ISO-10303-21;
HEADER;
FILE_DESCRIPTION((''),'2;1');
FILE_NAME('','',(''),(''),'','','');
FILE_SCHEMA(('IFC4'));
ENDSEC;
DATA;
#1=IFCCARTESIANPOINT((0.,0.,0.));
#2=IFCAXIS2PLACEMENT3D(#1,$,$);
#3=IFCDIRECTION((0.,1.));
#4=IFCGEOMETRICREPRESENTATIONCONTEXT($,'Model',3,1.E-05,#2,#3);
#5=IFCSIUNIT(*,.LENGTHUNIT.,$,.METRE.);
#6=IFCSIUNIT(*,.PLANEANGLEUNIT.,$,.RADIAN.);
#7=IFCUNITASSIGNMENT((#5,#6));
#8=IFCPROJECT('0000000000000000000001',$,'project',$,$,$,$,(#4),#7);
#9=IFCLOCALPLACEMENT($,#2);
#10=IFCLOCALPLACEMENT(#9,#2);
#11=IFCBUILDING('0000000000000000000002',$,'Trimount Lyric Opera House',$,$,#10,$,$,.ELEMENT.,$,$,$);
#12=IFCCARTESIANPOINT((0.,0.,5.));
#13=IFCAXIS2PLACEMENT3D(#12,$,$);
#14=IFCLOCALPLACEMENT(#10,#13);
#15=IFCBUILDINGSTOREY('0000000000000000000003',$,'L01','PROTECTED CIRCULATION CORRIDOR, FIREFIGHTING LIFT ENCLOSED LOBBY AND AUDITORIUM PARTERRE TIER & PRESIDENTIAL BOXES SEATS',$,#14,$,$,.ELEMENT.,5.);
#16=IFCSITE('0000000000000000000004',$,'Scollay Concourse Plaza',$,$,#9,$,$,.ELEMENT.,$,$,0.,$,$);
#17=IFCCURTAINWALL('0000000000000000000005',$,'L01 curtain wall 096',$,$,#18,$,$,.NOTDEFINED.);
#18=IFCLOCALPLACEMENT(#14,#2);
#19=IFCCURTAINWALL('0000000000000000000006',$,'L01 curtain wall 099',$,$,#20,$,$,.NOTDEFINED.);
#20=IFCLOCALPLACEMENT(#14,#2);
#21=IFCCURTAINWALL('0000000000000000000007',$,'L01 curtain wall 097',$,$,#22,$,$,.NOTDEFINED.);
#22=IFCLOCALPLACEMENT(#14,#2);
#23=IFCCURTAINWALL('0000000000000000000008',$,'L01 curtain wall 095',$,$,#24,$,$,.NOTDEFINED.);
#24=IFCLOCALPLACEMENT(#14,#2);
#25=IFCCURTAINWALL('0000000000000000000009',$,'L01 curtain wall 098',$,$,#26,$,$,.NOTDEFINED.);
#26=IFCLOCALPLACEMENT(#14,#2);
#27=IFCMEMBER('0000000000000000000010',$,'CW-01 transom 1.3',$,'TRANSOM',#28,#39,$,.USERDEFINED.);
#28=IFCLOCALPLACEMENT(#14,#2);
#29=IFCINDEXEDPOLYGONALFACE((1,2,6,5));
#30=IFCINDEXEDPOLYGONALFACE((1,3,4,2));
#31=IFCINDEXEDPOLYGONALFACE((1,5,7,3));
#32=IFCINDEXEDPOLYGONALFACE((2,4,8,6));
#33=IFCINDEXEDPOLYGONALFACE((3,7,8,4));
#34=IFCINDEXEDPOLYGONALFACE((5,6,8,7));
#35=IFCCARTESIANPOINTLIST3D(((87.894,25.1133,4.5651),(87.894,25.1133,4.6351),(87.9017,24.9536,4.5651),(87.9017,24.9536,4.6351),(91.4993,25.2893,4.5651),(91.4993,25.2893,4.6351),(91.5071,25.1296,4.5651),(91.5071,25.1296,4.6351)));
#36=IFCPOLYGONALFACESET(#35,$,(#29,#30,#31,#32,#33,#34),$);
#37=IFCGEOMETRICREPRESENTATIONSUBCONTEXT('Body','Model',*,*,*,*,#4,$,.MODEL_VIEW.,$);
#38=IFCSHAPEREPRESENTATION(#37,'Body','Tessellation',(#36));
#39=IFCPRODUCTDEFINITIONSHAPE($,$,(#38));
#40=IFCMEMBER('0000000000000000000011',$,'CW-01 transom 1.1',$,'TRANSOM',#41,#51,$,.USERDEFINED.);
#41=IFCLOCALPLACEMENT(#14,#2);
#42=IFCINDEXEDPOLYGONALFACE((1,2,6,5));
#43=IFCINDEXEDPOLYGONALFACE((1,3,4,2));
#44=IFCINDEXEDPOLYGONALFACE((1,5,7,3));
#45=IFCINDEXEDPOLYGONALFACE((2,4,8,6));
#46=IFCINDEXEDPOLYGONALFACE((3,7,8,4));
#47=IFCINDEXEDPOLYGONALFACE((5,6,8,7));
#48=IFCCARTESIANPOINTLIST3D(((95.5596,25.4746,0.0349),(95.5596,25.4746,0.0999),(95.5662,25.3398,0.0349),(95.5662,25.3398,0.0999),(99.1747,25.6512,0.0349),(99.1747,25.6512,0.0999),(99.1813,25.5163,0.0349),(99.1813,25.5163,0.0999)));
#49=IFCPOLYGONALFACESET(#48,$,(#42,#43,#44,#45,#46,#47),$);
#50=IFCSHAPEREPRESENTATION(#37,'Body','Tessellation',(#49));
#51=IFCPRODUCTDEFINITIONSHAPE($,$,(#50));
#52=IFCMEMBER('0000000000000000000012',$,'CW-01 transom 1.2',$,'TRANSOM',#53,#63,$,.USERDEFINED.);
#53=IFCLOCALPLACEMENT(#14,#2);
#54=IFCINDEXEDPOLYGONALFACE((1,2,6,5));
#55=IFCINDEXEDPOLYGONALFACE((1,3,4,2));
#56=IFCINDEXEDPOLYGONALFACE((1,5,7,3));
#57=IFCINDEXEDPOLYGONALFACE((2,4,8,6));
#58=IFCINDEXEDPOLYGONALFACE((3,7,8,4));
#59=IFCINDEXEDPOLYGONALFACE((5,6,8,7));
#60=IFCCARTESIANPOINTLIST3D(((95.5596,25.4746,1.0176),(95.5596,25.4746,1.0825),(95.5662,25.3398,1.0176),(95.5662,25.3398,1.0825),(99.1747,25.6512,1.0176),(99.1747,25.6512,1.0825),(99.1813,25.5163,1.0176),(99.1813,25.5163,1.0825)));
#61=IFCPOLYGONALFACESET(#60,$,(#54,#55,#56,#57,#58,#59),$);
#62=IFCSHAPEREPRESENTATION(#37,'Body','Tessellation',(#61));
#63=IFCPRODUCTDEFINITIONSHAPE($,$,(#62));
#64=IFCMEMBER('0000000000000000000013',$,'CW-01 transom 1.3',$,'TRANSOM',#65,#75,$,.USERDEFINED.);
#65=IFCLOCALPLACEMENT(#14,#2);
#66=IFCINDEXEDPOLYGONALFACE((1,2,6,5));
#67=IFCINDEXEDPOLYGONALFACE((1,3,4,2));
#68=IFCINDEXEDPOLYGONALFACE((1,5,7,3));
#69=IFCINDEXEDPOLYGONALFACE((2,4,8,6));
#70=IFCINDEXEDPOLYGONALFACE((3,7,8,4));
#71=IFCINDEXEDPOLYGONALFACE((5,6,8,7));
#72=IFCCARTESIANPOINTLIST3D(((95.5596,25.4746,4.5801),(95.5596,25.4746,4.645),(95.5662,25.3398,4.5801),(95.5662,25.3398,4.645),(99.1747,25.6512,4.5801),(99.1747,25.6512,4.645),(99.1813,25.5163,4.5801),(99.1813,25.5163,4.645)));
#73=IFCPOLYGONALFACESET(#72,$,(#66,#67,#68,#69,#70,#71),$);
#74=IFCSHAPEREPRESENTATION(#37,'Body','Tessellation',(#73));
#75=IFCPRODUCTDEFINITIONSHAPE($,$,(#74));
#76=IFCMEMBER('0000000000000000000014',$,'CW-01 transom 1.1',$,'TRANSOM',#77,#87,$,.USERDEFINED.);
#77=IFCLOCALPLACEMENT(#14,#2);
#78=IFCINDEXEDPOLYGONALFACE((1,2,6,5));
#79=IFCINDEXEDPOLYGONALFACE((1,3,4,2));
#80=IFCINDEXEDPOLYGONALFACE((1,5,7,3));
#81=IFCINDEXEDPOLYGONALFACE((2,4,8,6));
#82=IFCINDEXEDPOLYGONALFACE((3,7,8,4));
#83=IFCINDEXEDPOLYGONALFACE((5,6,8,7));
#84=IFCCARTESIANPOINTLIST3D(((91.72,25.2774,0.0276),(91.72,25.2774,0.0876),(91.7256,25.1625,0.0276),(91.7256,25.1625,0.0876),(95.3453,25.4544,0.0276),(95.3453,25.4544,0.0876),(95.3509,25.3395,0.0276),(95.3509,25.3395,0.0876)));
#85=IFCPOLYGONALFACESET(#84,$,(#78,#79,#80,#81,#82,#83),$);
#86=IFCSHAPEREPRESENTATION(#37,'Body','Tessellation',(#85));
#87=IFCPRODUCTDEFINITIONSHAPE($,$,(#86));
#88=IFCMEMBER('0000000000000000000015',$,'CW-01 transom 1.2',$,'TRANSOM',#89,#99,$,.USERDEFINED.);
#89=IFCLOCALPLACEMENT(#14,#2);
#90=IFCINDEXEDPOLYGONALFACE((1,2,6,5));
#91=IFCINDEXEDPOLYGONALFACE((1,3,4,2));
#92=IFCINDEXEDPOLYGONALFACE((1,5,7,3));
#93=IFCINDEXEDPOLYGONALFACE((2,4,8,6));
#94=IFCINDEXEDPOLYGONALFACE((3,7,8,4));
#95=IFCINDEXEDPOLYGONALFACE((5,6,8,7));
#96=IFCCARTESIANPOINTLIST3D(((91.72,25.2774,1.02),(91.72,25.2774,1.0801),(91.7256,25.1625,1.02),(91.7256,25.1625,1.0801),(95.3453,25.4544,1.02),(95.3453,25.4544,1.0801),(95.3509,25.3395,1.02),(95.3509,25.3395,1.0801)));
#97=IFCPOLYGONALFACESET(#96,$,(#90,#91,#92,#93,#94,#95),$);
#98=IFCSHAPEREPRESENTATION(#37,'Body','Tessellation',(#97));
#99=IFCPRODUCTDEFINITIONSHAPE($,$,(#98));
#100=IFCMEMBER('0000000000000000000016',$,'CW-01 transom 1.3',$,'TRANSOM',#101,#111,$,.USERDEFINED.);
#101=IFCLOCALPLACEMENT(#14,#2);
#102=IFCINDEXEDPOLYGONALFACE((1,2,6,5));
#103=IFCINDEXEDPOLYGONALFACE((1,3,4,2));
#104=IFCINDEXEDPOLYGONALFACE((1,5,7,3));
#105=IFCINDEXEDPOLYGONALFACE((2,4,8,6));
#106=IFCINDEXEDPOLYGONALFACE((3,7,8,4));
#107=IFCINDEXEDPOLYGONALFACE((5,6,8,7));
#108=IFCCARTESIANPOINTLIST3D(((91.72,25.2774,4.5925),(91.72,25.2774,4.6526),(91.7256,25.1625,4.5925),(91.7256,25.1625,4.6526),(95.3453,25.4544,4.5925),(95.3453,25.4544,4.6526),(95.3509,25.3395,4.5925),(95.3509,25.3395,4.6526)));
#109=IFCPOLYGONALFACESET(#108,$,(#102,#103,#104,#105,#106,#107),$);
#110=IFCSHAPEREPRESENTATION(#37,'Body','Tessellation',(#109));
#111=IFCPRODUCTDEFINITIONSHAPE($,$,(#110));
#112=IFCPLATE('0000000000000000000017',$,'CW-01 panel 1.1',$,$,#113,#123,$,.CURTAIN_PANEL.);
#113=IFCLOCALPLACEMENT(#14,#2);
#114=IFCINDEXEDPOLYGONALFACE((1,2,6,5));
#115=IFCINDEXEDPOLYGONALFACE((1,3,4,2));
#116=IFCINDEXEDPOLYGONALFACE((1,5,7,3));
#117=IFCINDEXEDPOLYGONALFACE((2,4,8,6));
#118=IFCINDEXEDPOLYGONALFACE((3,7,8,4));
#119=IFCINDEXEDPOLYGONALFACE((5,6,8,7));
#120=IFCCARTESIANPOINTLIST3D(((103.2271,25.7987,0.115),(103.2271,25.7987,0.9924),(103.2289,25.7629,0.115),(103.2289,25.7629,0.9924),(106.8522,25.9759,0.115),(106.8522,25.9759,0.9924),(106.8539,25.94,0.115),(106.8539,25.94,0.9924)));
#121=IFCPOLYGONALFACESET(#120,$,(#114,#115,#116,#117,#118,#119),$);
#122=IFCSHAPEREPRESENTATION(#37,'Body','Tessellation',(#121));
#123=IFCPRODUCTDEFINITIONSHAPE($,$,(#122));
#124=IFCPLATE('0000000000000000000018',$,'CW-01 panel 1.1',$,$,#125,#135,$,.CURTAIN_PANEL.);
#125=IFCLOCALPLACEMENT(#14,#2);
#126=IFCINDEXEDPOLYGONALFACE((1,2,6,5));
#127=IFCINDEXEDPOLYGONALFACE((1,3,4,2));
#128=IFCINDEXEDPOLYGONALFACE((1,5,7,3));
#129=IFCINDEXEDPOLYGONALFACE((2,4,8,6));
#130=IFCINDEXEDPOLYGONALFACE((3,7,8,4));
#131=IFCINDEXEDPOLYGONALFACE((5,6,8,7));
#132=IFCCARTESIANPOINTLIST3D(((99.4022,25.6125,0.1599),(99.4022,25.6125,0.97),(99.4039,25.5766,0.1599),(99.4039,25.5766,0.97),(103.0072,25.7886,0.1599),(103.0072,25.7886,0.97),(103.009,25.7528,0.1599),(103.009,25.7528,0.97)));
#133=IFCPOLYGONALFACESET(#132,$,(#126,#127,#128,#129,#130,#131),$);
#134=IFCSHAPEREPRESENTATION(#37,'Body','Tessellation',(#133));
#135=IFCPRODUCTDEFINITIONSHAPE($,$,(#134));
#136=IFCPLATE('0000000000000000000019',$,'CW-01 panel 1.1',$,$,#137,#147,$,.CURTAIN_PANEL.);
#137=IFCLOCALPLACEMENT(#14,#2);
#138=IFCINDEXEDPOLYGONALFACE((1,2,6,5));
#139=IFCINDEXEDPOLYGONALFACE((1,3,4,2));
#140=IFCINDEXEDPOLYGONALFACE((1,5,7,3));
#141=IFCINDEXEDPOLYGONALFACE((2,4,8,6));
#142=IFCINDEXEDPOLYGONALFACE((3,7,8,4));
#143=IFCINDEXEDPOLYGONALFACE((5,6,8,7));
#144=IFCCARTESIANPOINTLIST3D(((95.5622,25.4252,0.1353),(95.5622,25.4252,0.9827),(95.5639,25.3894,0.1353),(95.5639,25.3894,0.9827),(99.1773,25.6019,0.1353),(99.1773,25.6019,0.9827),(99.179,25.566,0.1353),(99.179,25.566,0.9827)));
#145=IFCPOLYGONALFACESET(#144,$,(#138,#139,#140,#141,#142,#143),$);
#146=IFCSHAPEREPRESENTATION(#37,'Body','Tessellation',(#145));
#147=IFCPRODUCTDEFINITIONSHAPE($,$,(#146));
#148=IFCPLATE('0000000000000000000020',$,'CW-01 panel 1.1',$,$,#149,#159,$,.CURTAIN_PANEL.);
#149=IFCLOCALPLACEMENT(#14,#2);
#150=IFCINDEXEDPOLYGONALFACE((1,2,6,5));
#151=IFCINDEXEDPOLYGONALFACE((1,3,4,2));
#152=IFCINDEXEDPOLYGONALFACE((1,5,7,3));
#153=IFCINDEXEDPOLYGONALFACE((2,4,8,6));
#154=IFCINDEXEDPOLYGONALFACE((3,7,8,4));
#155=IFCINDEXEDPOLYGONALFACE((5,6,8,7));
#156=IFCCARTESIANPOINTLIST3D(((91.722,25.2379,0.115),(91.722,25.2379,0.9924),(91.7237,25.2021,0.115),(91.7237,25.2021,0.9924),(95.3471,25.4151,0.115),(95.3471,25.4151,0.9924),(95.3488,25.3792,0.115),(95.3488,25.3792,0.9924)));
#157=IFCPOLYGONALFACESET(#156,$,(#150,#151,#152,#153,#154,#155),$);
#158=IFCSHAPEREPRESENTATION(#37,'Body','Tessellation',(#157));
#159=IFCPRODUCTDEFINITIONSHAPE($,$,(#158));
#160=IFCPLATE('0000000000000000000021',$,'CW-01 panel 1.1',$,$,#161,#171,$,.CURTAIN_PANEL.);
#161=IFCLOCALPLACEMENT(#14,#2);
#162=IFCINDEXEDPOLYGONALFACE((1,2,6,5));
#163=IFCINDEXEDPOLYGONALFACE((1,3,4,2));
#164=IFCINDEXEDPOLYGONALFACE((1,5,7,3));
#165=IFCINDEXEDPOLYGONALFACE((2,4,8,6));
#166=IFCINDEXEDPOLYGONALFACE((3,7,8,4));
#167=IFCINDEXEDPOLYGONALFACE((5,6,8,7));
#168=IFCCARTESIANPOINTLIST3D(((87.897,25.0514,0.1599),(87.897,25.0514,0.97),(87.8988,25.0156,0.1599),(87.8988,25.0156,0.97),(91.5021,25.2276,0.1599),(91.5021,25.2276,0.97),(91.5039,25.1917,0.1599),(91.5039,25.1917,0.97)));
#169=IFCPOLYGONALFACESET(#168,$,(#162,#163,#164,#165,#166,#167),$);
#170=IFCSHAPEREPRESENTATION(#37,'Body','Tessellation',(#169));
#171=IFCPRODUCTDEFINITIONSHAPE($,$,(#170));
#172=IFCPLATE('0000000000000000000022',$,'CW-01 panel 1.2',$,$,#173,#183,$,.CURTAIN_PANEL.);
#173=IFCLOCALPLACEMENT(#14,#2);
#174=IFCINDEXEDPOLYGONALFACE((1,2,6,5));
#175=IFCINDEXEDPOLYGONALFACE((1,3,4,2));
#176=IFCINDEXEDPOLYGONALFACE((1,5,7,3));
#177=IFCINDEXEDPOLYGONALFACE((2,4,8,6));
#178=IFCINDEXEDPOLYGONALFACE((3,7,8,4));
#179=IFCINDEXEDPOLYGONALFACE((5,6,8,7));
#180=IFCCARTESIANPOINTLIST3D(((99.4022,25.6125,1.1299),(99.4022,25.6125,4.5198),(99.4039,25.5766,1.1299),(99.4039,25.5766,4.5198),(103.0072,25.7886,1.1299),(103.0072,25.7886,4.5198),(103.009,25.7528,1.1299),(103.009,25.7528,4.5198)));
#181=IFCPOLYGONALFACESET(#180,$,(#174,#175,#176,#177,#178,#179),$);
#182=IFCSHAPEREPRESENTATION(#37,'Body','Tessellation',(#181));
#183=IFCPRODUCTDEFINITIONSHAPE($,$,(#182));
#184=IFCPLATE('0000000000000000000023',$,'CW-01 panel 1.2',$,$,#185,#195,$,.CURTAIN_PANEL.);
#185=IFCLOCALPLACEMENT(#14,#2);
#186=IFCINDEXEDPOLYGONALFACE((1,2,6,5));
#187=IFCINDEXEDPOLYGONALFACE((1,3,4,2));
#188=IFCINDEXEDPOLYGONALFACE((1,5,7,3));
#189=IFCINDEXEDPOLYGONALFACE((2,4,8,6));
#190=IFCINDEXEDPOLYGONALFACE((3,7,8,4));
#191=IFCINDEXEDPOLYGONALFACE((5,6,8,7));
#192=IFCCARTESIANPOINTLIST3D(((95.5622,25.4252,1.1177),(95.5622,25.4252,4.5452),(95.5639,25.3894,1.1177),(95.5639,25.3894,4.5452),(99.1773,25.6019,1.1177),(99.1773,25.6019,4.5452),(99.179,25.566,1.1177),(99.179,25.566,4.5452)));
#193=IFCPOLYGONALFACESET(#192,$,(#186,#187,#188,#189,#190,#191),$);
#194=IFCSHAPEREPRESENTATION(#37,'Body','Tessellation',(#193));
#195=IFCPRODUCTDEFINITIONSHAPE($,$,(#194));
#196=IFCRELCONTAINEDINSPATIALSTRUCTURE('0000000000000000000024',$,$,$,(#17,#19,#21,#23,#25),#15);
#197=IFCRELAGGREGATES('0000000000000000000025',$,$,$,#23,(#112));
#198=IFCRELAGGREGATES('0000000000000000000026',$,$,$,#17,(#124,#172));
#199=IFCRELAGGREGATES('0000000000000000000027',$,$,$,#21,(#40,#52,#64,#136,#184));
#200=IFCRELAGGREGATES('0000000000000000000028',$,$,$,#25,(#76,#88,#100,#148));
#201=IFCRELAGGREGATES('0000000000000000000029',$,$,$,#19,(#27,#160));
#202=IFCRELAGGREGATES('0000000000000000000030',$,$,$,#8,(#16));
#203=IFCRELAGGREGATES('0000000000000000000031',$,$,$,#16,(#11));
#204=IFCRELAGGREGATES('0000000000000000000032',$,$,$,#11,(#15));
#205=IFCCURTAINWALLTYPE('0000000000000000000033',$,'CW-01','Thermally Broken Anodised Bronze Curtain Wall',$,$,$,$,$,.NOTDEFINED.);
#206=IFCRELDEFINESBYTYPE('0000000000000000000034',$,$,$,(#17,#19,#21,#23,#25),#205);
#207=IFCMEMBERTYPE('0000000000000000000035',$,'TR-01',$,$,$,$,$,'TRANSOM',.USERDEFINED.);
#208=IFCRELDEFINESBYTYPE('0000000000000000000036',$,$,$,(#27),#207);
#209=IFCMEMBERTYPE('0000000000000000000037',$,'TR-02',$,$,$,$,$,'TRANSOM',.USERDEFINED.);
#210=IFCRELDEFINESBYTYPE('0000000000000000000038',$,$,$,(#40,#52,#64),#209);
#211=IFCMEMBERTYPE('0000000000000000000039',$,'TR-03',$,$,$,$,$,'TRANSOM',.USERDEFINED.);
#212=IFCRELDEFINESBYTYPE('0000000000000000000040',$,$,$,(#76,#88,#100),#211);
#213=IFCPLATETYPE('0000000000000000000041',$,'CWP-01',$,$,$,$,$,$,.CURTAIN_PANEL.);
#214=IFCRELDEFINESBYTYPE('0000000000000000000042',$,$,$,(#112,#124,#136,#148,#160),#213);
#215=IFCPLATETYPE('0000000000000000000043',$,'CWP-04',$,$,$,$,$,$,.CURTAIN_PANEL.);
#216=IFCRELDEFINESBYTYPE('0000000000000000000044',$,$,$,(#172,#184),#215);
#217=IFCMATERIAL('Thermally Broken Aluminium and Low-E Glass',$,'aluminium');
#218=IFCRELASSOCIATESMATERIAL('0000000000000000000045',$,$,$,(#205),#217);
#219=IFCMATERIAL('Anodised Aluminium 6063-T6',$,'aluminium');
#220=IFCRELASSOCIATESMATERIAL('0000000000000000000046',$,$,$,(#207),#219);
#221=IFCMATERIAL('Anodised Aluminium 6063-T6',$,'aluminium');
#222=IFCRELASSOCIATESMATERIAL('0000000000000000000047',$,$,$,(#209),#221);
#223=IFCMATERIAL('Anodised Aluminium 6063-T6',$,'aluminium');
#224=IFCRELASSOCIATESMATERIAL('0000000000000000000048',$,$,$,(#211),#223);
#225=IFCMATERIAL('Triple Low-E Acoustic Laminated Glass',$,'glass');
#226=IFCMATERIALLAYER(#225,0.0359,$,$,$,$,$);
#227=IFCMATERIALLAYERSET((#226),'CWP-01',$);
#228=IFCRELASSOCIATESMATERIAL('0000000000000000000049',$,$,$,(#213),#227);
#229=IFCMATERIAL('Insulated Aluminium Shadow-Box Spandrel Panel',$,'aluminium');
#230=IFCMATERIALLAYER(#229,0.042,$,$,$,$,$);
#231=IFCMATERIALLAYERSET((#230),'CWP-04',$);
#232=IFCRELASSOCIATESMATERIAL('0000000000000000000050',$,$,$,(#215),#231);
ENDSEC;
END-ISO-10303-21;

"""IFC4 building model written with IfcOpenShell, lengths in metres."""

from ifc_helpers import new_model, si_unit, direction, frame, origin, origin_2d, place, context, subcontext, project, spatial, rectangle, extrude, material, layer, layer_set, material_profile, profile_set, type_object, element, aggregate, save


model = new_model("IFC4")

# Units and contexts
model_context = context("Model", 3, precision=1e-05, world=origin(), true_north=direction((0.0, 1.0)))
body_context = subcontext(model_context, "Body", "Model", "MODEL_VIEW")
ifc_project = project(units=[si_unit("LENGTHUNIT", "METRE"), si_unit("PLANEANGLEUNIT", "RADIAN")], contexts=[model_context])

# Site, building, storey
site_placement = place(None, origin())
site = spatial("IfcSite", under=ifc_project, at=site_placement, Name="Scollay Concourse Plaza", CompositionType="ELEMENT", RefElevation=0.0)
building_placement = place(site_placement, origin())
building = spatial("IfcBuilding", under=site, at=building_placement, Name="Trimount Lyric Opera House", CompositionType="ELEMENT")
storey_placement = place(building_placement, frame((0.0, 0.0, 5.0)))
storey = spatial("IfcBuildingStorey", under=building, at=storey_placement, Name="L01", Description="PROTECTED CIRCULATION CORRIDOR, FIREFIGHTING LIFT ENCLOSED LOBBY AND AUDITORIUM PARTERRE TIER & PRESIDENTIAL BOXES SEATS", CompositionType="ELEMENT", Elevation=5.0)

# Curtain wall
ifc_material_1 = material(Name="Thermally Broken Aluminium and Low-E Glass", Category="aluminium")
curtain_wall_type = type_object("IfcCurtainWallType", Name="CW-01", Description="Thermally Broken Anodised Bronze Curtain Wall", PredefinedType="NOTDEFINED", material=ifc_material_1)
curtain_wall_1_placement = place(storey_placement, origin())
curtain_wall_1 = element("IfcCurtainWall", 1, at=curtain_wall_1_placement, inside=storey, type_object=curtain_wall_type, Name="L01 curtain wall 096", PredefinedType="NOTDEFINED")

# Curtain wall
curtain_wall_2_placement = place(storey_placement, origin())
curtain_wall_2 = element("IfcCurtainWall", 2, at=curtain_wall_2_placement, inside=storey, type_object=curtain_wall_type, Name="L01 curtain wall 099", PredefinedType="NOTDEFINED")

# Curtain wall
curtain_wall_3_placement = place(storey_placement, origin())
curtain_wall_3 = element("IfcCurtainWall", 3, at=curtain_wall_3_placement, inside=storey, type_object=curtain_wall_type, Name="L01 curtain wall 097", PredefinedType="NOTDEFINED")

# Curtain wall
curtain_wall_4_placement = place(storey_placement, origin())
curtain_wall_4 = element("IfcCurtainWall", 4, at=curtain_wall_4_placement, inside=storey, type_object=curtain_wall_type, Name="L01 curtain wall 095", PredefinedType="NOTDEFINED")

# Curtain wall
curtain_wall_5_placement = place(storey_placement, origin())
curtain_wall_5 = element("IfcCurtainWall", 5, at=curtain_wall_5_placement, inside=storey, type_object=curtain_wall_type, Name="L01 curtain wall 098", PredefinedType="NOTDEFINED")

# Members
ifc_material_2 = material(Name="Anodised Aluminium 6063-T6", Category="aluminium")
ifc_material_profile_1 = material_profile(ifc_material_2, rectangle(XDim=0.1599, YDim=0.0701, at=origin_2d()), Name="ALU-TRAN-70X160")
ifc_profile_set_1 = profile_set([ifc_material_profile_1], Name="Anodised Aluminium 6063-T6")
member_type_1 = type_object("IfcMemberType", Name="TR-01", ElementType="TRANSOM", PredefinedType="USERDEFINED", material=ifc_profile_set_1)
member_1_placement = place(storey_placement, frame((91.5032, 25.2095, 4.6001), z_axis=(-0.99881, -0.048767, 0.0), x_axis=(0.048767, -0.99881, 0.0)))
member_1 = element("IfcMember", 6, at=member_1_placement, type_object=member_type_1, Name="CW-01 transom 1.3", ObjectType="TRANSOM", PredefinedType="USERDEFINED", context=body_context, shape_type="SweptSolid", body=[
    extrude(rectangle(XDim=0.1599, YDim=0.0701, at=origin_2d()), origin(), (0.0, 0.0, 1.0), 3.6096),
])
ifc_material_3 = material(Name="Anodised Aluminium 6063-T6", Category="aluminium")
ifc_material_profile_2 = material_profile(ifc_material_3, rectangle(XDim=0.135, YDim=0.0649, at=origin_2d()), Name="ALU-TRAN-65X135")
ifc_profile_set_2 = profile_set([ifc_material_profile_2], Name="Anodised Aluminium 6063-T6")
member_type_2 = type_object("IfcMemberType", Name="TR-02", ElementType="TRANSOM", PredefinedType="USERDEFINED", material=ifc_profile_set_2)
member_2_placement = place(storey_placement, frame((99.178, 25.5837, 0.0674), z_axis=(-0.99881, -0.04877, 0.0), x_axis=(0.04877, -0.99881, 0.0)))
member_2 = element("IfcMember", 7, at=member_2_placement, type_object=member_type_2, Name="CW-01 transom 1.1", ObjectType="TRANSOM", PredefinedType="USERDEFINED", context=body_context, shape_type="SweptSolid", body=[
    extrude(rectangle(XDim=0.135, YDim=0.0649, at=origin_2d()), origin(), (0.0, 0.0, 1.0), 3.6194),
])
member_3_placement = place(storey_placement, frame((99.178, 25.5837, 1.05), z_axis=(-0.99881, -0.04877, 0.0), x_axis=(0.04877, -0.99881, 0.0)))
member_3 = element("IfcMember", 8, at=member_3_placement, type_object=member_type_2, Name="CW-01 transom 1.2", ObjectType="TRANSOM", PredefinedType="USERDEFINED", context=body_context, shape_type="SweptSolid", body=[
    extrude(rectangle(XDim=0.135, YDim=0.0649, at=origin_2d()), origin(), (0.0, 0.0, 1.0), 3.6194),
])
member_4_placement = place(storey_placement, frame((99.178, 25.5837, 4.6125), z_axis=(-0.99881, -0.04877, 0.0), x_axis=(0.04877, -0.99881, 0.0)))
member_4 = element("IfcMember", 9, at=member_4_placement, type_object=member_type_2, Name="CW-01 transom 1.3", ObjectType="TRANSOM", PredefinedType="USERDEFINED", context=body_context, shape_type="SweptSolid", body=[
    extrude(rectangle(XDim=0.135, YDim=0.0649, at=origin_2d()), origin(), (0.0, 0.0, 1.0), 3.6194),
])
ifc_material_4 = material(Name="Anodised Aluminium 6063-T6", Category="aluminium")
ifc_material_profile_3 = material_profile(ifc_material_4, rectangle(XDim=0.115, YDim=0.0601, at=origin_2d()), Name="ALU-TRAN-60X115")
ifc_profile_set_3 = profile_set([ifc_material_profile_3], Name="Anodised Aluminium 6063-T6")
member_type_3 = type_object("IfcMemberType", Name="TR-03", ElementType="TRANSOM", PredefinedType="USERDEFINED", material=ifc_profile_set_3)
member_5_placement = place(storey_placement, frame((95.3481, 25.397, 0.0576), z_axis=(-0.99881, -0.048767, 0.0), x_axis=(0.048767, -0.99881, 0.0)))
member_5 = element("IfcMember", 10, at=member_5_placement, type_object=member_type_3, Name="CW-01 transom 1.1", ObjectType="TRANSOM", PredefinedType="USERDEFINED", context=body_context, shape_type="SweptSolid", body=[
    extrude(rectangle(XDim=0.115, YDim=0.0601, at=origin_2d()), origin(), (0.0, 0.0, 1.0), 3.6296),
])
member_6_placement = place(storey_placement, frame((95.3481, 25.397, 1.05), z_axis=(-0.99881, -0.048767, 0.0), x_axis=(0.048767, -0.99881, 0.0)))
member_6 = element("IfcMember", 11, at=member_6_placement, type_object=member_type_3, Name="CW-01 transom 1.2", ObjectType="TRANSOM", PredefinedType="USERDEFINED", context=body_context, shape_type="SweptSolid", body=[
    extrude(rectangle(XDim=0.115, YDim=0.0601, at=origin_2d()), origin(), (0.0, 0.0, 1.0), 3.6296),
])
member_7_placement = place(storey_placement, frame((95.3481, 25.397, 4.6226), z_axis=(-0.99881, -0.048767, 0.0), x_axis=(0.048767, -0.99881, 0.0)))
member_7 = element("IfcMember", 12, at=member_7_placement, type_object=member_type_3, Name="CW-01 transom 1.3", ObjectType="TRANSOM", PredefinedType="USERDEFINED", context=body_context, shape_type="SweptSolid", body=[
    extrude(rectangle(XDim=0.115, YDim=0.0601, at=origin_2d()), origin(), (0.0, 0.0, 1.0), 3.6296),
])

# Plates
ifc_material_5 = material(Name="Triple Low-E Acoustic Laminated Glass", Category="glass")
ifc_layer_1 = layer(ifc_material_5, 0.0359)
ifc_layer_set_1 = layer_set([ifc_layer_1], Name="CWP-01")
plate_type_1 = type_object("IfcPlateType", Name="CWP-01", PredefinedType="CURTAIN_PANEL", material=ifc_layer_set_1)
plate_1_placement = place(storey_placement, frame((105.0405, 25.8694, 0.115), z_axis=(0.0, 0.0, 1.0), x_axis=(-0.998808, -0.048807, 0.0)))
plate_1 = element("IfcPlate", 13, at=plate_1_placement, type_object=plate_type_1, Name="CW-01 panel 1.1", PredefinedType="CURTAIN_PANEL", context=body_context, shape_type="SweptSolid", body=[
    extrude(rectangle(XDim=3.6294, YDim=0.0359, at=origin_2d()), origin(), (0.0, 0.0, 1.0), 0.8774),
])
aggregate(curtain_wall_4, [plate_1])
plate_2_placement = place(storey_placement, frame((101.2056, 25.6826, 0.1599), z_axis=(0.0, 0.0, 1.0), x_axis=(-0.998808, -0.048807, 0.0)))
plate_2 = element("IfcPlate", 14, at=plate_2_placement, type_object=plate_type_1, Name="CW-01 panel 1.1", PredefinedType="CURTAIN_PANEL", context=body_context, shape_type="SweptSolid", body=[
    extrude(rectangle(XDim=3.6094, YDim=0.0359, at=origin_2d()), origin(), (0.0, 0.0, 1.0), 0.8101),
])
plate_3_placement = place(storey_placement, frame((97.3706, 25.4956, 0.1353), z_axis=(0.0, 0.0, 1.0), x_axis=(-0.998808, -0.048807, 0.0)))
plate_3 = element("IfcPlate", 15, at=plate_3_placement, type_object=plate_type_1, Name="CW-01 panel 1.1", PredefinedType="CURTAIN_PANEL", context=body_context, shape_type="SweptSolid", body=[
    extrude(rectangle(XDim=3.6194, YDim=0.0359, at=origin_2d()), origin(), (0.0, 0.0, 1.0), 0.8474),
])
plate_4_placement = place(storey_placement, frame((93.5354, 25.3086, 0.115), z_axis=(0.0, 0.0, 1.0), x_axis=(-0.998808, -0.048807, 0.0)))
plate_4 = element("IfcPlate", 16, at=plate_4_placement, type_object=plate_type_1, Name="CW-01 panel 1.1", PredefinedType="CURTAIN_PANEL", context=body_context, shape_type="SweptSolid", body=[
    extrude(rectangle(XDim=3.6294, YDim=0.0359, at=origin_2d()), origin(), (0.0, 0.0, 1.0), 0.8774),
])
plate_5_placement = place(storey_placement, frame((89.7004, 25.1216, 0.1599), z_axis=(0.0, 0.0, 1.0), x_axis=(-0.998808, -0.048807, 0.0)))
plate_5 = element("IfcPlate", 17, at=plate_5_placement, type_object=plate_type_1, Name="CW-01 panel 1.1", PredefinedType="CURTAIN_PANEL", context=body_context, shape_type="SweptSolid", body=[
    extrude(rectangle(XDim=3.6094, YDim=0.0359, at=origin_2d()), origin(), (0.0, 0.0, 1.0), 0.8101),
])
ifc_material_6 = material(Name="Insulated Aluminium Shadow-Box Spandrel Panel", Category="aluminium")
ifc_layer_2 = layer(ifc_material_6, 0.042)
ifc_layer_set_2 = layer_set([ifc_layer_2], Name="CWP-04")
plate_type_2 = type_object("IfcPlateType", Name="CWP-04", PredefinedType="CURTAIN_PANEL", material=ifc_layer_set_2)
plate_6_placement = place(storey_placement, frame((101.2056, 25.6826, 1.1299), z_axis=(0.0, 0.0, 1.0), x_axis=(-0.998808, -0.048807, 0.0)))
plate_6 = element("IfcPlate", 18, at=plate_6_placement, type_object=plate_type_2, Name="CW-01 panel 1.2", PredefinedType="CURTAIN_PANEL", context=body_context, shape_type="SweptSolid", body=[
    extrude(rectangle(XDim=3.6094, YDim=0.0359, at=origin_2d()), origin(), (0.0, 0.0, 1.0), 3.3899),
])
aggregate(curtain_wall_1, [plate_2, plate_6])
plate_7_placement = place(storey_placement, frame((97.3706, 25.4956, 1.1177), z_axis=(0.0, 0.0, 1.0), x_axis=(-0.998808, -0.048807, 0.0)))
plate_7 = element("IfcPlate", 19, at=plate_7_placement, type_object=plate_type_2, Name="CW-01 panel 1.2", PredefinedType="CURTAIN_PANEL", context=body_context, shape_type="SweptSolid", body=[
    extrude(rectangle(XDim=3.6194, YDim=0.0359, at=origin_2d()), origin(), (0.0, 0.0, 1.0), 3.4275),
])
aggregate(curtain_wall_3, [member_2, member_3, member_4, plate_3, plate_7])
aggregate(curtain_wall_5, [member_5, member_6, member_7, plate_4])
aggregate(curtain_wall_2, [member_1, plate_5])

save(model, "model.ifc")
